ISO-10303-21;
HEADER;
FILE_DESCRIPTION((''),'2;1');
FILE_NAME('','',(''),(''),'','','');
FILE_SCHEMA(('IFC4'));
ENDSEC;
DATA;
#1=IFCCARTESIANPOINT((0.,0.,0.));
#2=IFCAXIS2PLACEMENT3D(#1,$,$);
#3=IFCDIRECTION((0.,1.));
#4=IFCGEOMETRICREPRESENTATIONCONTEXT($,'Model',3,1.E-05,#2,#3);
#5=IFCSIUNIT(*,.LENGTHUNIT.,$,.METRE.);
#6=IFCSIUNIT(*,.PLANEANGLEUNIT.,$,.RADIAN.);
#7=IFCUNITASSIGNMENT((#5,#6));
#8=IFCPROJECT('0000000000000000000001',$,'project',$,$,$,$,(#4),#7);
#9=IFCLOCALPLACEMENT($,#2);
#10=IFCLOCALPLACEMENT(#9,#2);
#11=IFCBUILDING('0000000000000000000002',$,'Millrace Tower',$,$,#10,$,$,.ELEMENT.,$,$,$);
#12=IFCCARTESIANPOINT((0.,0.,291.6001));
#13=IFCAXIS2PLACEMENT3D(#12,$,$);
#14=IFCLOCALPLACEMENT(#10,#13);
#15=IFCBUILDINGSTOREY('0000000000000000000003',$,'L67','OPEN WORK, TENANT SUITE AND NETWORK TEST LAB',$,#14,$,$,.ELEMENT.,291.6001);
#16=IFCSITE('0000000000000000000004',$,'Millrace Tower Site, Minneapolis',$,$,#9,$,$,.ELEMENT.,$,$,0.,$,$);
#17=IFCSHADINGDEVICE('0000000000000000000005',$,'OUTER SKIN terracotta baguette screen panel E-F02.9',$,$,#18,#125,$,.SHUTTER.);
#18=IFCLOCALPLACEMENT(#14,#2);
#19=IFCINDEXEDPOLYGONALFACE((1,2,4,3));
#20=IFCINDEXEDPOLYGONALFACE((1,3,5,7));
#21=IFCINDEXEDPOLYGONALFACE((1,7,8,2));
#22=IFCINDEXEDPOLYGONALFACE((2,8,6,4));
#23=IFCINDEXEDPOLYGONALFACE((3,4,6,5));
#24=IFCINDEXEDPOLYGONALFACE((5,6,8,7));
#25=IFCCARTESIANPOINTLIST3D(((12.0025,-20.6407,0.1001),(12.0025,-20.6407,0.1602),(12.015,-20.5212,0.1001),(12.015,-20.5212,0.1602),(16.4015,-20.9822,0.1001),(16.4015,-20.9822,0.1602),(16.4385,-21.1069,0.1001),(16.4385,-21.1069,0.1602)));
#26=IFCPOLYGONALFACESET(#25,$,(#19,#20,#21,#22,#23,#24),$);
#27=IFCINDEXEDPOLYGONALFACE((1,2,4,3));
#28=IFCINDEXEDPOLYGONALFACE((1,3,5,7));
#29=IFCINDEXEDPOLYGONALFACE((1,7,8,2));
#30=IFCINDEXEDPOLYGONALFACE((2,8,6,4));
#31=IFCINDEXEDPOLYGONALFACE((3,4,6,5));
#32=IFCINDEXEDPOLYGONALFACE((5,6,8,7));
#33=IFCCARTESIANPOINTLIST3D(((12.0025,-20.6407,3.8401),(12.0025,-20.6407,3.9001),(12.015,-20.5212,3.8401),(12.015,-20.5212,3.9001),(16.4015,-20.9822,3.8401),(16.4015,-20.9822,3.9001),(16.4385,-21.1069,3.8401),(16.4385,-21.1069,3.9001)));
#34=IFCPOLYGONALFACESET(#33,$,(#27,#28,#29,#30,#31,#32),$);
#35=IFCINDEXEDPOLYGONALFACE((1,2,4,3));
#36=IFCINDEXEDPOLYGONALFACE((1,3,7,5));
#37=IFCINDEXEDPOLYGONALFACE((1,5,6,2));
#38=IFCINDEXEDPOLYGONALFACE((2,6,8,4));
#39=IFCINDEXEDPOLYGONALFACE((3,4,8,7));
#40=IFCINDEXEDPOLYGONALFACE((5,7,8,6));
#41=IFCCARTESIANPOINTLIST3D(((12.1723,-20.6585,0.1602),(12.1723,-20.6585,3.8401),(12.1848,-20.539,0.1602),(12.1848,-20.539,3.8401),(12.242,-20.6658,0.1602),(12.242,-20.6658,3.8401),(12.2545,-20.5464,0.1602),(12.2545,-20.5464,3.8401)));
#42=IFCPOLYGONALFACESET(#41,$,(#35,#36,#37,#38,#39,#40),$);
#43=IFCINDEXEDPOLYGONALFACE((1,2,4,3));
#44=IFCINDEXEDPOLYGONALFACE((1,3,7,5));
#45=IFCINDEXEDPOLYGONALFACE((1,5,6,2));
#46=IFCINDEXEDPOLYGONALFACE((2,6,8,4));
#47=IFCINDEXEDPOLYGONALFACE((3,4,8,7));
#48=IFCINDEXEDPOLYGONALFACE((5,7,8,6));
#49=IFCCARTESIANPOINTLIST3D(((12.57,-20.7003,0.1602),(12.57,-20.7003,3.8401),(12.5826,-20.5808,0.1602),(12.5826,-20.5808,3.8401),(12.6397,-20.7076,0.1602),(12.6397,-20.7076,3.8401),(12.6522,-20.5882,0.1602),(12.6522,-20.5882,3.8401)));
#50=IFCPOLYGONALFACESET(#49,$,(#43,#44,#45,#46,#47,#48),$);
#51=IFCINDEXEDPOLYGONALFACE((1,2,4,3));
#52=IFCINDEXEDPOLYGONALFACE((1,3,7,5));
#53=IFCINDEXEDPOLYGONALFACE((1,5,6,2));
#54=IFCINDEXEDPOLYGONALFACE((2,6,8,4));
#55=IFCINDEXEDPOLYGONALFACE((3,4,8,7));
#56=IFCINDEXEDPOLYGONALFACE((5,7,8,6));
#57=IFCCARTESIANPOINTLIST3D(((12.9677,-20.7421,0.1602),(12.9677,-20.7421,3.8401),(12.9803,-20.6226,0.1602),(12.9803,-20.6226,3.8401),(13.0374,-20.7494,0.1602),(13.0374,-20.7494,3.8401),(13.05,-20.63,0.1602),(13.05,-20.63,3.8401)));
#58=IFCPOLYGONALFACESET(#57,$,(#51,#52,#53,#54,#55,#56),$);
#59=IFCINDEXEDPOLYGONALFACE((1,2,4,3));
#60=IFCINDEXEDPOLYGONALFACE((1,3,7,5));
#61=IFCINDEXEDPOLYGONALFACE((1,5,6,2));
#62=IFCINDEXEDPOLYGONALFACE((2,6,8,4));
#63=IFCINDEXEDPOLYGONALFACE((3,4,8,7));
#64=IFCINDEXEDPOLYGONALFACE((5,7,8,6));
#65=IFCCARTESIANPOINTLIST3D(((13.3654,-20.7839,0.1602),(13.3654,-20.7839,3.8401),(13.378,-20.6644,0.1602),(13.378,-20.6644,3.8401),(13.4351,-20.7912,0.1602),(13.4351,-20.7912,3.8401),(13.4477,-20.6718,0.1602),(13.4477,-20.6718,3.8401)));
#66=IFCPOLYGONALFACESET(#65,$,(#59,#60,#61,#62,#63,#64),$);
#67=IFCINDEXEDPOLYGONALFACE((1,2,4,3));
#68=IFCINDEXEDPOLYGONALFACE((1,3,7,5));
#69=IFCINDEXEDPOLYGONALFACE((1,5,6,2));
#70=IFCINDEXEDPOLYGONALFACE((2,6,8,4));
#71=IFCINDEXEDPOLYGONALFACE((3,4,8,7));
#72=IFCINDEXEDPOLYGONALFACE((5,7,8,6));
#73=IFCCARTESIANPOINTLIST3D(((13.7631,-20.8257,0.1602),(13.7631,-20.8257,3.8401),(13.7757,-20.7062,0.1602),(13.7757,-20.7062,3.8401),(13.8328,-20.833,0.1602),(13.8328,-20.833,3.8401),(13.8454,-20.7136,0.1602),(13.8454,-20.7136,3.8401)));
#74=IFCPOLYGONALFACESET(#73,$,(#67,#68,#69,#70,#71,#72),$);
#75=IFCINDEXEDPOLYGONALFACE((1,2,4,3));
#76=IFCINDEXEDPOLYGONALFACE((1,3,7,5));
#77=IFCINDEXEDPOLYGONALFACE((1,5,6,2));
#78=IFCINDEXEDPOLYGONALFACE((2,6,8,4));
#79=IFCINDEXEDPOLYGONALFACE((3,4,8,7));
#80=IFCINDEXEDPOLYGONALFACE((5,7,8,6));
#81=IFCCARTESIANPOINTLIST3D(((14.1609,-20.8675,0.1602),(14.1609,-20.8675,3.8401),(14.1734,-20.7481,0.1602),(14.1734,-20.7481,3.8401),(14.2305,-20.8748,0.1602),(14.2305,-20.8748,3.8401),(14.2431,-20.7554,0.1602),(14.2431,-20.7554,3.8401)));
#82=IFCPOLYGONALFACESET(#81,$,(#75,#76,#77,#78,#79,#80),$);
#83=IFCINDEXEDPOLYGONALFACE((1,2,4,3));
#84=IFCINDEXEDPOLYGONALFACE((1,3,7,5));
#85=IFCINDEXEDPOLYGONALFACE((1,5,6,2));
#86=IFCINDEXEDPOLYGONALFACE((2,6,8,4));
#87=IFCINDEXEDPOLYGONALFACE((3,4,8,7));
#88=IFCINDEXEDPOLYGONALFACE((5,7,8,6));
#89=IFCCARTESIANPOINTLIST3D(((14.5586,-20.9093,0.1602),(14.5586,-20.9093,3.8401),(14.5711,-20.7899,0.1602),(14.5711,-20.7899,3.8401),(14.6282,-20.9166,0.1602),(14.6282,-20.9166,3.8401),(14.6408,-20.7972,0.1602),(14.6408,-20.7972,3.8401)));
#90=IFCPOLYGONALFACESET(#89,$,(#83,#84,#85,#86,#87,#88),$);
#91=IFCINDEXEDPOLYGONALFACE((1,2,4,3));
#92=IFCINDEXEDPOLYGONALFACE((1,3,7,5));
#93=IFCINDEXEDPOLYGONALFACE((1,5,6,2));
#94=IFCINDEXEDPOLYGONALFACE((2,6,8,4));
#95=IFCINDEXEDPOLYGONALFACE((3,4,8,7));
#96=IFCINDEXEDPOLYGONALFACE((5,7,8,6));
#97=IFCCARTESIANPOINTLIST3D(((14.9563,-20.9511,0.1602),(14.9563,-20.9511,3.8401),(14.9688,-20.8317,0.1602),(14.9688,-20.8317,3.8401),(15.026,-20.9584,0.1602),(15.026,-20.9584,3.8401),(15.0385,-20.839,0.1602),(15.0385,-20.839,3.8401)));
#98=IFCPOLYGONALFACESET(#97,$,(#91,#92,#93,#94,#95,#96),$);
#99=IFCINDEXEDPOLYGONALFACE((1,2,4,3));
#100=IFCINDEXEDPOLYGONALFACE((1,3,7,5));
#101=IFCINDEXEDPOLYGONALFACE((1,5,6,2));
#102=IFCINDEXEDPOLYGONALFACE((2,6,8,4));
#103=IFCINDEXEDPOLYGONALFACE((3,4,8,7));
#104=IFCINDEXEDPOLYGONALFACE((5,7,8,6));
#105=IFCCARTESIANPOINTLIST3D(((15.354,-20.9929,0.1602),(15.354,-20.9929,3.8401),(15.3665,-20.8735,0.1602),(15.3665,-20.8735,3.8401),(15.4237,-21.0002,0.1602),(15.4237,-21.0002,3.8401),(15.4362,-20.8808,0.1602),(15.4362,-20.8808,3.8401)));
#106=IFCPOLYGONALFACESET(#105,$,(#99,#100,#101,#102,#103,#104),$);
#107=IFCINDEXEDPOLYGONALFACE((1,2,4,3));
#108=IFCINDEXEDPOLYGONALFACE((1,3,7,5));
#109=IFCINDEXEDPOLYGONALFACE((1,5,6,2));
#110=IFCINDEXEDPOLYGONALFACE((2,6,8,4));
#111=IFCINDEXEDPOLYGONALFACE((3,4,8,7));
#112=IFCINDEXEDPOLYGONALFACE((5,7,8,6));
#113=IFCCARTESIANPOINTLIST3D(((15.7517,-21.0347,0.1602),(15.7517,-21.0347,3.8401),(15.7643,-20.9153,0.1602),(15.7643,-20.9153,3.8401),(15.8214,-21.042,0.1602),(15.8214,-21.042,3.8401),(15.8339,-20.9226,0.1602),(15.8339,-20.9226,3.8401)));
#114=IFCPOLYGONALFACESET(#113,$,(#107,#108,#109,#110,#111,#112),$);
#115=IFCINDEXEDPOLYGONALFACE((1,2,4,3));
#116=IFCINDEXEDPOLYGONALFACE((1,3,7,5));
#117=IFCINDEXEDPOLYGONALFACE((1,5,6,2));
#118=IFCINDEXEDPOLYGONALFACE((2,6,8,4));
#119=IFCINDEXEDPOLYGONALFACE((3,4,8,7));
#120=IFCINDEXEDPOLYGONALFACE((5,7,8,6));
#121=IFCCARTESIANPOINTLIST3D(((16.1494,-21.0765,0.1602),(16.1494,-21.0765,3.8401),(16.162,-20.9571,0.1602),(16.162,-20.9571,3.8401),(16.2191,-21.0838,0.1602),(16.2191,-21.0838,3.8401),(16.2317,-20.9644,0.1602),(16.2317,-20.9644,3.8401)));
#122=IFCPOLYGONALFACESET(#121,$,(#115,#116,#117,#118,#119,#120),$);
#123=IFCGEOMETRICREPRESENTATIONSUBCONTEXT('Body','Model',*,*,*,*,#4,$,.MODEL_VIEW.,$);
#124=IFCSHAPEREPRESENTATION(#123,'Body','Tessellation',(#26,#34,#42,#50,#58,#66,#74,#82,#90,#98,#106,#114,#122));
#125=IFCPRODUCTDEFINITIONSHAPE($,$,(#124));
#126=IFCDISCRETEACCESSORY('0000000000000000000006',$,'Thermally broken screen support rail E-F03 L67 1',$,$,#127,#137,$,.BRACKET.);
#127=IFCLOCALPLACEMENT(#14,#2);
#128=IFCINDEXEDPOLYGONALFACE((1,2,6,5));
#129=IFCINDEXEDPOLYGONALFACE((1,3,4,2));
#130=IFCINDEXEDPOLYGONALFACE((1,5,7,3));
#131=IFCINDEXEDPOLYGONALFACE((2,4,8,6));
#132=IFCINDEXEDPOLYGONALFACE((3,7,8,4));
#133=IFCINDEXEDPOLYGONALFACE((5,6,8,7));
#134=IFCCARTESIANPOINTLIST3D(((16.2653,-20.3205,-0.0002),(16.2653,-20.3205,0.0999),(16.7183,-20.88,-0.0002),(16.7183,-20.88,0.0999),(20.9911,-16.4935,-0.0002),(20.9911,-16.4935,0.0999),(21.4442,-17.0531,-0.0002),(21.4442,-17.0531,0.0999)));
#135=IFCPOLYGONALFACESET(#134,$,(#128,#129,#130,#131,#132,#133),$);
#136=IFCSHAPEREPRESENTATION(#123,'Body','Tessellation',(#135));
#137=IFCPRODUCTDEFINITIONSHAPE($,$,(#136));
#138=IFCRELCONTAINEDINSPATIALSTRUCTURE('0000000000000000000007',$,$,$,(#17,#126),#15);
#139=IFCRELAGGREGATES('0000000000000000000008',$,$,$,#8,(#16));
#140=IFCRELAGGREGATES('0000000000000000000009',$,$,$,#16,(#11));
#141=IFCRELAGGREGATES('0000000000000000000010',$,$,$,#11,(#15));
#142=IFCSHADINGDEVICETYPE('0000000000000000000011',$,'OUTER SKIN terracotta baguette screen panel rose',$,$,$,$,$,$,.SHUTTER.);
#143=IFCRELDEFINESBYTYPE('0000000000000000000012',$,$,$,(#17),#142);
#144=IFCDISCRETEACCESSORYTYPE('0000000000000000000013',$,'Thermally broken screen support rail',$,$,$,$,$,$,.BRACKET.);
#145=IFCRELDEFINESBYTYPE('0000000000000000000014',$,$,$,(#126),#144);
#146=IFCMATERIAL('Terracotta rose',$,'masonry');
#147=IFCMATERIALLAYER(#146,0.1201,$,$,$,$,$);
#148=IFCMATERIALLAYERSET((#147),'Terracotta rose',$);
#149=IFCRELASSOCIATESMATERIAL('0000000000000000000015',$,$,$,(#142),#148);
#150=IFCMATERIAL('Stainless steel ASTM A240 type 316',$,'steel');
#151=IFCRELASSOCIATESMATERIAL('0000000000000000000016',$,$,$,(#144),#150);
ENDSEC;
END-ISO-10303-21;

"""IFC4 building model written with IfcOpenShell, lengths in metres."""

from ifc_helpers import new_model, entity, si_unit, direction, frame, frame_2d, origin, origin_2d, place, context, subcontext, project, spatial, rectangle, extrude, source, transform, mapped, material, layer, layer_set, type_object, element, save


model = new_model("IFC4")

# Units and contexts
model_context = context("Model", 3, precision=1e-05, world=origin(), true_north=direction((0.0, 1.0)))
body_context = subcontext(model_context, "Body", "Model", "MODEL_VIEW")
ifc_project = project(units=[si_unit("LENGTHUNIT", "METRE"), si_unit("PLANEANGLEUNIT", "RADIAN")], contexts=[model_context])

# Site, building, storey
site_placement = place(None, origin())
site = spatial("IfcSite", under=ifc_project, at=site_placement, Name="Millrace Tower Site, Minneapolis", CompositionType="ELEMENT", RefElevation=0.0)
building_placement = place(site_placement, origin())
building = spatial("IfcBuilding", under=site, at=building_placement, Name="Millrace Tower", CompositionType="ELEMENT")
storey_placement = place(building_placement, frame((0.0, 0.0, 291.6001)))
storey = spatial("IfcBuildingStorey", under=building, at=storey_placement, Name="L67", Description="OPEN WORK, TENANT SUITE AND NETWORK TEST LAB", CompositionType="ELEMENT", Elevation=291.6001)

# Shading device
ifc_material_1 = material(Name="Terracotta rose", Category="masonry")
ifc_layer_1 = layer(ifc_material_1, 0.1201)
ifc_layer_set_1 = layer_set([ifc_layer_1], Name="Terracotta rose")
shading_device_type = type_object("IfcShadingDeviceType", Name="OUTER SKIN terracotta baguette screen panel rose", PredefinedType="SHUTTER", material=ifc_layer_set_1)
cartesian_point_1 = entity("IfcCartesianPoint", [-2.2178, 0.0601])
shared_polyline_1 = entity("IfcPolyline", [cartesian_point_1, entity("IfcCartesianPoint", [2.1929, 0.0601]), entity("IfcCartesianPoint", [2.2427, -0.0601]), entity("IfcCartesianPoint", [-2.2178, -0.0601]), cartesian_point_1])
shared_shape_1 = source(origin(), body_context, "Body", "SweptSolid", [
    entity("IfcExtrudedAreaSolid", entity("IfcArbitraryClosedProfileDef", "AREA", None, shared_polyline_1), entity("IfcAxis2Placement3D", entity("IfcCartesianPoint", [0.0, 0.0, 0.0])), entity("IfcDirection", [0.0, 0.0, 1.0]), 0.0601),
    entity("IfcExtrudedAreaSolid", entity("IfcArbitraryClosedProfileDef", "AREA", None, shared_polyline_1), entity("IfcAxis2Placement3D", entity("IfcCartesianPoint", [0.0, 0.0, 3.74])), entity("IfcDirection", [0.0, 0.0, 1.0]), 0.0601),
    extrude(rectangle(XDim=0.0701, YDim=0.1201, at=frame_2d((-2.012, 0.0))), frame((0.0, 0.0, 0.0601)), (0.0, 0.0, 1.0), 3.6799),
    extrude(rectangle(XDim=0.0701, YDim=0.1201, at=frame_2d((-1.6121, 0.0))), frame((0.0, 0.0, 0.0601)), (0.0, 0.0, 1.0), 3.6799),
    extrude(rectangle(XDim=0.0701, YDim=0.1201, at=frame_2d((-1.2122, 0.0))), frame((0.0, 0.0, 0.0601)), (0.0, 0.0, 1.0), 3.6799),
    extrude(rectangle(XDim=0.0701, YDim=0.1201, at=frame_2d((-0.8123, 0.0))), frame((0.0, 0.0, 0.0601)), (0.0, 0.0, 1.0), 3.6799),
    extrude(rectangle(XDim=0.0701, YDim=0.1201, at=frame_2d((-0.4124, 0.0))), frame((0.0, 0.0, 0.0601)), (0.0, 0.0, 1.0), 3.6799),
    extrude(rectangle(XDim=0.0701, YDim=0.1201, at=frame_2d((-0.0125, 0.0))), frame((0.0, 0.0, 0.0601)), (0.0, 0.0, 1.0), 3.6799),
    extrude(rectangle(XDim=0.0701, YDim=0.1201, at=frame_2d((0.3875, 0.0))), frame((0.0, 0.0, 0.0601)), (0.0, 0.0, 1.0), 3.6799),
    extrude(rectangle(XDim=0.0701, YDim=0.1201, at=frame_2d((0.7874, 0.0))), frame((0.0, 0.0, 0.0601)), (0.0, 0.0, 1.0), 3.6799),
    extrude(rectangle(XDim=0.0701, YDim=0.1201, at=frame_2d((1.1873, 0.0))), frame((0.0, 0.0, 0.0601)), (0.0, 0.0, 1.0), 3.6799),
    extrude(rectangle(XDim=0.0701, YDim=0.1201, at=frame_2d((1.5872, 0.0))), frame((0.0, 0.0, 0.0601)), (0.0, 0.0, 1.0), 3.6799),
    extrude(rectangle(XDim=0.0701, YDim=0.1201, at=frame_2d((1.9871, 0.0))), frame((0.0, 0.0, 0.0601)), (0.0, 0.0, 1.0), 3.6799),
])
shading_device_1_placement = place(storey_placement, frame((14.2144, -20.8127, 0.1001), z_axis=(0.0, 0.0, 1.0), x_axis=(0.994522, -0.104528, 0.0)))
element("IfcShadingDevice", 1, at=shading_device_1_placement, inside=storey, type_object=shading_device_type, Name="OUTER SKIN terracotta baguette screen panel E-F02.9", PredefinedType="SHUTTER", context=body_context, shape_type="MappedRepresentation", body=[
    mapped(shared_shape_1, transform((0.0, 0.0, 0.0), scale=1.0)),
])

# Discrete accessory
ifc_material_2 = material(Name="Stainless steel ASTM A240 type 316", Category="steel")
discrete_accessory_type = type_object("IfcDiscreteAccessoryType", Name="Thermally broken screen support rail", PredefinedType="BRACKET", material=ifc_material_2)
discrete_accessory_placement = place(storey_placement, frame((18.8547, -18.6868, -0.0002), z_axis=(0.0, 0.0, 1.0), x_axis=(0.777146, 0.62932, 0.0)))
element("IfcDiscreteAccessory", 2, at=discrete_accessory_placement, inside=storey, type_object=discrete_accessory_type, Name="Thermally broken screen support rail E-F03 L67 1", PredefinedType="BRACKET", context=body_context, shape_type="SweptSolid", body=[
    extrude(rectangle(XDim=6.0811, YDim=0.72, at=origin_2d()), origin(), (0.0, 0.0, 1.0), 0.1001),
])

save(model, "model.ifc")
